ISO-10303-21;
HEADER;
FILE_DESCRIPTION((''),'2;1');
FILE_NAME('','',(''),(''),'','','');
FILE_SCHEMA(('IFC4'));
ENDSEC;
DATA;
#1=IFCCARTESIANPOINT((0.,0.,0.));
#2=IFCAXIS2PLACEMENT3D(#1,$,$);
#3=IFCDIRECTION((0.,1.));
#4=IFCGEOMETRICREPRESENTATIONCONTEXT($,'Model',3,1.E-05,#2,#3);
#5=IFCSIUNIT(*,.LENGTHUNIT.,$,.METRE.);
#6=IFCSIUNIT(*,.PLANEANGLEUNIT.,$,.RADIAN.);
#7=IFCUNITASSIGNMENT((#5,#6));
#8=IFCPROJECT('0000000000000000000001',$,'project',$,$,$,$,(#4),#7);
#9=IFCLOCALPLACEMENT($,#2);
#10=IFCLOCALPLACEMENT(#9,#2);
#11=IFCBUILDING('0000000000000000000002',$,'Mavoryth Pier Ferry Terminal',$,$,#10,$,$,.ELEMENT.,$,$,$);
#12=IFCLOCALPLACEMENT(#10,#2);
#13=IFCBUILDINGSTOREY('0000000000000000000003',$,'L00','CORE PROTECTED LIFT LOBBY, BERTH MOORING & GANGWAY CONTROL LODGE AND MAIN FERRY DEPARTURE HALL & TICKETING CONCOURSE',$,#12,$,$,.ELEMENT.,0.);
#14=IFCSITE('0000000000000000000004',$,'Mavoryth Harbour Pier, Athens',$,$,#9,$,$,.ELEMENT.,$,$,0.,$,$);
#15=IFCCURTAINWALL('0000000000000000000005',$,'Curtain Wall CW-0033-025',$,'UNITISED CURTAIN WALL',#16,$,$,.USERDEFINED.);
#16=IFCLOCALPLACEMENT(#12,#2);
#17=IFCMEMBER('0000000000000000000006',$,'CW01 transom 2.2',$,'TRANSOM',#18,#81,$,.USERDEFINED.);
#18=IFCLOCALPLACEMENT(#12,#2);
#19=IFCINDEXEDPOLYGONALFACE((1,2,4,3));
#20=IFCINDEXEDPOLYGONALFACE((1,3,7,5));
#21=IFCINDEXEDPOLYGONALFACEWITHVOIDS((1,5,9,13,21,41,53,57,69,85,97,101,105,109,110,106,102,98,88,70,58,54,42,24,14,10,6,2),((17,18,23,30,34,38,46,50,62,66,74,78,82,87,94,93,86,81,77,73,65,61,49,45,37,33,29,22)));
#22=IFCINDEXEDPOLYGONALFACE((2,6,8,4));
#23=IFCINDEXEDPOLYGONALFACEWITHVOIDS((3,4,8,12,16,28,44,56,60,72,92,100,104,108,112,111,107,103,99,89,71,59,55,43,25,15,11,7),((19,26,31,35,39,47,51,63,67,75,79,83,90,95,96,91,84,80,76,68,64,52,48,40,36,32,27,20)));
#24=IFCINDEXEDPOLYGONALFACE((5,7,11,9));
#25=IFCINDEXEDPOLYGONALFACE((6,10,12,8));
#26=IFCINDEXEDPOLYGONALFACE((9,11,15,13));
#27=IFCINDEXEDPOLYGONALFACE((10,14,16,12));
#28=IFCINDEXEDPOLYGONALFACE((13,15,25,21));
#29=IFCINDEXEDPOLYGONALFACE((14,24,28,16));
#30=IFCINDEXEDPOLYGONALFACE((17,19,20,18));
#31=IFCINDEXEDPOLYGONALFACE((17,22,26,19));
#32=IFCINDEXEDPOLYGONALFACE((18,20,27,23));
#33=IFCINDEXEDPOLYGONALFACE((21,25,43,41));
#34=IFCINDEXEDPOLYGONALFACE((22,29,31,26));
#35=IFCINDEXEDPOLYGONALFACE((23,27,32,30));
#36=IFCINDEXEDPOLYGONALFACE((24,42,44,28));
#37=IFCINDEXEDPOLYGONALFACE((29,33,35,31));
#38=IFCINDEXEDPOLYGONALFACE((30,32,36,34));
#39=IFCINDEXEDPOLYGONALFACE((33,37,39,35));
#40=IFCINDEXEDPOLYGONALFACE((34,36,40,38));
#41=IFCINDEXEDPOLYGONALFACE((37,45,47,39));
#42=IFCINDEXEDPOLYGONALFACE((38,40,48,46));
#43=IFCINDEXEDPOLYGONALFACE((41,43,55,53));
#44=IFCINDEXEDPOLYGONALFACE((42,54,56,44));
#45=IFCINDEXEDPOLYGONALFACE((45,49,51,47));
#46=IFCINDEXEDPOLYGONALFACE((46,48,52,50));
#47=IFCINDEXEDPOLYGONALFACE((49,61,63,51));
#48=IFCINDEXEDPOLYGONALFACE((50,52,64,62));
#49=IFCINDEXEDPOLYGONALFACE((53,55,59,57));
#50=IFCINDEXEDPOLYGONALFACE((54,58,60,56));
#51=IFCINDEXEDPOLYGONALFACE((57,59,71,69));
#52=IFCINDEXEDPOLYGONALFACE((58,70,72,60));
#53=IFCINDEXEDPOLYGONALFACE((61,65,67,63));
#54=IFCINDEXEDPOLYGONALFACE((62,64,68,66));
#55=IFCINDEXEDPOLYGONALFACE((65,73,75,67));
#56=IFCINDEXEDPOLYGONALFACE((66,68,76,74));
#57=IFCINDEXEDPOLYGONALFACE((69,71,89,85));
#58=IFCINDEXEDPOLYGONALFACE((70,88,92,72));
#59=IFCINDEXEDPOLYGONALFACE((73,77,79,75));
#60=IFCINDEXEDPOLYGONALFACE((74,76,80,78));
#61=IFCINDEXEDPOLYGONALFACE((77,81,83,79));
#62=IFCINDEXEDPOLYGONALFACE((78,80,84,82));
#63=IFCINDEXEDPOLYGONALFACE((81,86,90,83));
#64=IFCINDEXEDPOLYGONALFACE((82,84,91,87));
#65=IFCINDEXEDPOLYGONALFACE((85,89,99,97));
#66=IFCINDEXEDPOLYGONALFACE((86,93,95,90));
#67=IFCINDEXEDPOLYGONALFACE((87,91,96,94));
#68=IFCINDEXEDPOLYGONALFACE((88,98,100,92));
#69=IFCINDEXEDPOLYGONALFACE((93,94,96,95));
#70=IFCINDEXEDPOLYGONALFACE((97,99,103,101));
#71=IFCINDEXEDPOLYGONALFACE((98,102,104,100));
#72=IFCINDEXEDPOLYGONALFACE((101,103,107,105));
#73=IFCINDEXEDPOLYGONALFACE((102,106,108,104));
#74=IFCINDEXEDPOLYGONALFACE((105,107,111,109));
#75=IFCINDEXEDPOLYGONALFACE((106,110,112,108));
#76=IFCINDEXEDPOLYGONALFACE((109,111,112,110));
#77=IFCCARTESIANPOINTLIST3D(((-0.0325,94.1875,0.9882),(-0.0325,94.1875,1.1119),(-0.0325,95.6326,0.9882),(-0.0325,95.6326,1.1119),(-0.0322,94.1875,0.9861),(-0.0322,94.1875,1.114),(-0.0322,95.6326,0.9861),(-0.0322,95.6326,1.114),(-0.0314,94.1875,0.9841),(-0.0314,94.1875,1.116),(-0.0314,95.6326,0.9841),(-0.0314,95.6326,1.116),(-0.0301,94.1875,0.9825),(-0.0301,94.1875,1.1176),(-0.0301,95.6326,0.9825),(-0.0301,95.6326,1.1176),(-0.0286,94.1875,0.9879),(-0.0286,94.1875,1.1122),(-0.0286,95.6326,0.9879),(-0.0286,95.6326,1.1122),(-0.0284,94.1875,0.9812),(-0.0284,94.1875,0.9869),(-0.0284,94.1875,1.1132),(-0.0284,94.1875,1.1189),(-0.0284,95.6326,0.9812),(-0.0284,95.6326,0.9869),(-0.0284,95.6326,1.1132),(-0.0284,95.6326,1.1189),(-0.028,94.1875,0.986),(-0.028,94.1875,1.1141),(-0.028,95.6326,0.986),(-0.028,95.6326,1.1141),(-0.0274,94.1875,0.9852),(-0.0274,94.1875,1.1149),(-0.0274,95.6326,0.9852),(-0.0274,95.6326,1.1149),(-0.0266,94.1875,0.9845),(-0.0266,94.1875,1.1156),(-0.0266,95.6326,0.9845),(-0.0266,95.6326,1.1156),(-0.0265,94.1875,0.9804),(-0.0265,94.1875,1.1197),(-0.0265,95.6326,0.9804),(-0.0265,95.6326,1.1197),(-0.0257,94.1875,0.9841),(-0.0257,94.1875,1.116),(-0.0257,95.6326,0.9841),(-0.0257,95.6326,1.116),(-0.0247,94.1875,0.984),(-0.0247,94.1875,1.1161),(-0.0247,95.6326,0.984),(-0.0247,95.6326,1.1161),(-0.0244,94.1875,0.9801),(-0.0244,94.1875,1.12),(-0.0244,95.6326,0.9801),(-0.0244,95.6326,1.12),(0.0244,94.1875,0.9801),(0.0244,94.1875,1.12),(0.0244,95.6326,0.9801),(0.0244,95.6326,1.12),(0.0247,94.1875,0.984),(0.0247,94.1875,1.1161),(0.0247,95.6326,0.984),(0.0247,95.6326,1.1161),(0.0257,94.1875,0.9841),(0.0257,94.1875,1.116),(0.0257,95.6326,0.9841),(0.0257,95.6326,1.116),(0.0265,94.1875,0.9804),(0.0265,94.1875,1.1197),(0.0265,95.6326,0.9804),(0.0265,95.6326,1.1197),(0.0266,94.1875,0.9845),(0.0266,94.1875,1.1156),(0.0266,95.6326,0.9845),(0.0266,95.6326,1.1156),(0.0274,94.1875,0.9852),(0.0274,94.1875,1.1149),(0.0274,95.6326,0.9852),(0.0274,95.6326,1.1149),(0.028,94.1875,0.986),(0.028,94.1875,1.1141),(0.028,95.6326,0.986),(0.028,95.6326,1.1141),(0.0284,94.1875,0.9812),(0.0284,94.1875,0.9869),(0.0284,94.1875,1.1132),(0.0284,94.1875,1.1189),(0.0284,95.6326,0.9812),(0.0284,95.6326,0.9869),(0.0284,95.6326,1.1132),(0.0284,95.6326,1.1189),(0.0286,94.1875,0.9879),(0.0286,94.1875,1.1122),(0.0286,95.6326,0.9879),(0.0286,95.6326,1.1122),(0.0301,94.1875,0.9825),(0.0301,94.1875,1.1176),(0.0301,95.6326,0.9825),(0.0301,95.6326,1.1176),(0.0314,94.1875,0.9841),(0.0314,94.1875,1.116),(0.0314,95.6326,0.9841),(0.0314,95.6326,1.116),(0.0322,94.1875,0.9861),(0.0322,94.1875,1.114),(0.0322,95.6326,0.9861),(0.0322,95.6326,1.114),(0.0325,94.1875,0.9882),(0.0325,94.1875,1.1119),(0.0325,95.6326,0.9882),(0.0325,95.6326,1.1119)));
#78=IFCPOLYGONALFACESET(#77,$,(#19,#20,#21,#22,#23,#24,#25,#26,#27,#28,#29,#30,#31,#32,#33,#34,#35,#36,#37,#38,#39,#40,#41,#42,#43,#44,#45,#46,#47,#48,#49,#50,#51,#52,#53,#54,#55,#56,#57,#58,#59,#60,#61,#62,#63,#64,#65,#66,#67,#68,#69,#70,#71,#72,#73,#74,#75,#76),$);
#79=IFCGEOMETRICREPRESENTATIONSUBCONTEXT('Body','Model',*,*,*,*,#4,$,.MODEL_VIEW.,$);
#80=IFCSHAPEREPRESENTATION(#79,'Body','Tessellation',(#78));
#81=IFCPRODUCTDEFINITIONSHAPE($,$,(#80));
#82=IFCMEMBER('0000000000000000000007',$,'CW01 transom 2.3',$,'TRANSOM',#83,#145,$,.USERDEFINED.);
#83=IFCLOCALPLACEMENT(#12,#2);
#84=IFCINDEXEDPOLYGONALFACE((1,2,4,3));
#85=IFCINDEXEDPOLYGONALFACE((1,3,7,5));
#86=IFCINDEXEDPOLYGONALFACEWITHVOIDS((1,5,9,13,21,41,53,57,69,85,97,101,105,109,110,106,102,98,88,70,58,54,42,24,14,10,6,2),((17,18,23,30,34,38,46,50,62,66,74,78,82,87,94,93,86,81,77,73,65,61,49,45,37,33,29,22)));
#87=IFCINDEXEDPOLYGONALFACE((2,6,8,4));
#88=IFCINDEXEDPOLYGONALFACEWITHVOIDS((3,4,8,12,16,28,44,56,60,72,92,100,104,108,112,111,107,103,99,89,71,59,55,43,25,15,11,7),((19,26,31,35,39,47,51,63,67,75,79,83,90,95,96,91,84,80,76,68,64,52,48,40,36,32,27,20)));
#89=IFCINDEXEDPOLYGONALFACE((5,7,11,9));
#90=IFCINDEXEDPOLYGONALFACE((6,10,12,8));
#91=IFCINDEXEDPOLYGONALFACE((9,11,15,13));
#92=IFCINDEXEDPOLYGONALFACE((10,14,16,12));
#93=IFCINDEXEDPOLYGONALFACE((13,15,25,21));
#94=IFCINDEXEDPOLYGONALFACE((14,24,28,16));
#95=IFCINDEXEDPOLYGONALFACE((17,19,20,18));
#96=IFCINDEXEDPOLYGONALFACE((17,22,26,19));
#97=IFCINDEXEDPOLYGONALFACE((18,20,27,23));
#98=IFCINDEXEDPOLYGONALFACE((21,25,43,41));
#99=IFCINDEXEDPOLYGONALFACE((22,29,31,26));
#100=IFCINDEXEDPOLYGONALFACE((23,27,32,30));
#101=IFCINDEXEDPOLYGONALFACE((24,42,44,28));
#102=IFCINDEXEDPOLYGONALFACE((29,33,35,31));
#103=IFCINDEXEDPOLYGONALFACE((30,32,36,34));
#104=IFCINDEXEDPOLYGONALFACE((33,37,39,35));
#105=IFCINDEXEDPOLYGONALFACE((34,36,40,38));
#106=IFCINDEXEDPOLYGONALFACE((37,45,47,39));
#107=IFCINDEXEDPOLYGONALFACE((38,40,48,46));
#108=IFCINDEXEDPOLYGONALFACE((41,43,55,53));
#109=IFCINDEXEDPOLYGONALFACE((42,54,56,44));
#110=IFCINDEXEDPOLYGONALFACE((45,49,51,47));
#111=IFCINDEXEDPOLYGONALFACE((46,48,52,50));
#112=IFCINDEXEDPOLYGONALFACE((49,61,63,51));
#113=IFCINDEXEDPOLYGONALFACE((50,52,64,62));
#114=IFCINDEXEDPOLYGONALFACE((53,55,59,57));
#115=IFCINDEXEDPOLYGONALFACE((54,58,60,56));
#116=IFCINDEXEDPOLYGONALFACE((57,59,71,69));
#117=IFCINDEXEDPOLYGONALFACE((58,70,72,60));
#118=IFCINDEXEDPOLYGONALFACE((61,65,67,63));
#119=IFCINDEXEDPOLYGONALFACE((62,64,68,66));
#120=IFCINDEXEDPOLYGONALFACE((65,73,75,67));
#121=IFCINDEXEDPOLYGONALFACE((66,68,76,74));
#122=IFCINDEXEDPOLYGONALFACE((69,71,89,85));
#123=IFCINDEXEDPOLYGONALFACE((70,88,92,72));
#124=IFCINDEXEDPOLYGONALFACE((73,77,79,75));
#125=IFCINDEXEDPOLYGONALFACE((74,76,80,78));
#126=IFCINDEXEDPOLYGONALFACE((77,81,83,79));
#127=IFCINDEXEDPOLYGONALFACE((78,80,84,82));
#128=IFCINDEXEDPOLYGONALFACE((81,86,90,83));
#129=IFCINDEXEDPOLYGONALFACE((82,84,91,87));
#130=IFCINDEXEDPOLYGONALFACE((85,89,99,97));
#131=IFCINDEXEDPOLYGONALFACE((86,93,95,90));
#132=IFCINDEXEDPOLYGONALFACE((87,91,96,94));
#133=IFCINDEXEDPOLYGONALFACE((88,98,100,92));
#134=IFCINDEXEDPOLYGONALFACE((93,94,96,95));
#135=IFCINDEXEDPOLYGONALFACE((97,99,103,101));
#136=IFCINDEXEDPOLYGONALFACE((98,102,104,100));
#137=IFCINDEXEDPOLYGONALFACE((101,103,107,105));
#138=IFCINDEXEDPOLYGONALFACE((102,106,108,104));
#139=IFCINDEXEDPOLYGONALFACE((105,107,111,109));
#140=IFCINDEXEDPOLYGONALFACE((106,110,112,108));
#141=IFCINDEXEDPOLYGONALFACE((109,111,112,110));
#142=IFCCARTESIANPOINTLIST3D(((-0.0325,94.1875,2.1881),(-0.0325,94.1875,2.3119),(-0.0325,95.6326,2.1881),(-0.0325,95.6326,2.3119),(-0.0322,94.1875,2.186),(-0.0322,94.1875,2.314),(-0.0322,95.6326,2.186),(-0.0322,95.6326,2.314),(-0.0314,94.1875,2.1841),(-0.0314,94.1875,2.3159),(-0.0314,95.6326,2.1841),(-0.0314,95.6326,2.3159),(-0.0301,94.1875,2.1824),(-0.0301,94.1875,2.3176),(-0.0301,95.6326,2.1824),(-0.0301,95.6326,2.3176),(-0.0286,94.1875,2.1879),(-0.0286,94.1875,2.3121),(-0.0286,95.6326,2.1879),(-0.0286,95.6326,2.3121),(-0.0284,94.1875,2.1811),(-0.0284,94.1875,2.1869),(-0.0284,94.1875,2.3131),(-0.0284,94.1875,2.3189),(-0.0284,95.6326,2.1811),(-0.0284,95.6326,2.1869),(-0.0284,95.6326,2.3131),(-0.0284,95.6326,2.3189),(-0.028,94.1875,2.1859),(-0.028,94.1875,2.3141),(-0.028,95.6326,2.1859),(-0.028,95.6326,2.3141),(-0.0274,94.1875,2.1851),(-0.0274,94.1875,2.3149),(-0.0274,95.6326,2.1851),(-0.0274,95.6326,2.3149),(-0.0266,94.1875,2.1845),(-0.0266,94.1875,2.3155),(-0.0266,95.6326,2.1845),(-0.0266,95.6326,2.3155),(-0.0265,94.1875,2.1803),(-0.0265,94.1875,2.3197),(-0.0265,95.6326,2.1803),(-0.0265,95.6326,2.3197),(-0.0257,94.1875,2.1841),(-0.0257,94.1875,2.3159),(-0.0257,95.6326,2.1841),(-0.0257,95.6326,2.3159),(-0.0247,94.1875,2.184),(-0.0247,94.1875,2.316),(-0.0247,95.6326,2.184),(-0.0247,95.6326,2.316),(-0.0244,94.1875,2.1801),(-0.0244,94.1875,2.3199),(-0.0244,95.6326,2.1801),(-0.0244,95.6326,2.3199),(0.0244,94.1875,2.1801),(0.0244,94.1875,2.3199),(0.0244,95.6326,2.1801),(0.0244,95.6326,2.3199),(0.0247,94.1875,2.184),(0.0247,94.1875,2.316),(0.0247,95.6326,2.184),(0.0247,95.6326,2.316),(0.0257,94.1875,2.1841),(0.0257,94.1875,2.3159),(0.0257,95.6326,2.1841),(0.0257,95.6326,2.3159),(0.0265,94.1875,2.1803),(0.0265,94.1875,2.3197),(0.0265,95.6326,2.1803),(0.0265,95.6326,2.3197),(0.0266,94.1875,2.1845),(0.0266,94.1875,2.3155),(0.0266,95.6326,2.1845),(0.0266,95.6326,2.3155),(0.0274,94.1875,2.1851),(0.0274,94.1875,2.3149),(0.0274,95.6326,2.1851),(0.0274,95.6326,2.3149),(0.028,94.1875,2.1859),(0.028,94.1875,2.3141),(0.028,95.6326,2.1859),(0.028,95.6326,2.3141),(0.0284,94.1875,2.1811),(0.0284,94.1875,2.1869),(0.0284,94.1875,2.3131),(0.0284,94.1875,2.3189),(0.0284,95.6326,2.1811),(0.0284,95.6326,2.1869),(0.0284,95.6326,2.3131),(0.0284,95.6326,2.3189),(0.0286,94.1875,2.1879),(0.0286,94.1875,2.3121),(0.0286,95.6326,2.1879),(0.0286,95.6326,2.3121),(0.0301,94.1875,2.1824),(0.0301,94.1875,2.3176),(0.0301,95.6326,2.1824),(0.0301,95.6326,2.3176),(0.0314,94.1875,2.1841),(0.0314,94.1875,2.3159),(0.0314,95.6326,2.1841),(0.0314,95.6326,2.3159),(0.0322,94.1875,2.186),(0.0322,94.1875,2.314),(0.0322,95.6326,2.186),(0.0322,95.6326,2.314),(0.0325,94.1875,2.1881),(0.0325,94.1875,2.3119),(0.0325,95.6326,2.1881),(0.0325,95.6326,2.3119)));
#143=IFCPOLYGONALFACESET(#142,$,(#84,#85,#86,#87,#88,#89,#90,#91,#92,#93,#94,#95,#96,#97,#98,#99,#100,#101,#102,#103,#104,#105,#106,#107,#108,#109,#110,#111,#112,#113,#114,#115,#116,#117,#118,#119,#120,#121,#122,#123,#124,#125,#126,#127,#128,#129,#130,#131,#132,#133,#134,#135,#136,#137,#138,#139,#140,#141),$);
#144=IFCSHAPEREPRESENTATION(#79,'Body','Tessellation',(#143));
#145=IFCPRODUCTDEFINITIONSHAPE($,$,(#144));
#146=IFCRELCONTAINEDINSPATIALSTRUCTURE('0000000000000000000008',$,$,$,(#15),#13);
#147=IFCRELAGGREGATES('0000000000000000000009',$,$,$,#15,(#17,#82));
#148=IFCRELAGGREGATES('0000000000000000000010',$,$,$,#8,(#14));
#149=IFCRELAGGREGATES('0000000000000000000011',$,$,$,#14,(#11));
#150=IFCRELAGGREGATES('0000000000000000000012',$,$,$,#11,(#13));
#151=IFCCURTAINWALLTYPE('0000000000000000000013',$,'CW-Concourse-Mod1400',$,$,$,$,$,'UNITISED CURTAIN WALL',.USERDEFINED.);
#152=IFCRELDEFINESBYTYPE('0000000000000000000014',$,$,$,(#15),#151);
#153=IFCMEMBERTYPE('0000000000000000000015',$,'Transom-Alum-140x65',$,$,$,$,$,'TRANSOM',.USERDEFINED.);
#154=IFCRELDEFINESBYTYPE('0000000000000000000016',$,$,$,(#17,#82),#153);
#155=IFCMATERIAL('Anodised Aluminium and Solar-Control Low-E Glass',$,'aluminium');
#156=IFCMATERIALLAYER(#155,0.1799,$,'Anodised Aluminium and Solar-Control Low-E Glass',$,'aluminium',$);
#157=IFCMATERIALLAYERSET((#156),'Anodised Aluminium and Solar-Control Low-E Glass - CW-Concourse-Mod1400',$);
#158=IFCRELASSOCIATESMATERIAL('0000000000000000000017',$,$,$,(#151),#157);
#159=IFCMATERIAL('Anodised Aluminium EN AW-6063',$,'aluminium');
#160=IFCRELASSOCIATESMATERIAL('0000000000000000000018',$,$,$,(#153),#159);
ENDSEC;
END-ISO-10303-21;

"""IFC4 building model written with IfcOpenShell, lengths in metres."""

from ifc_helpers import new_model, si_unit, direction, frame, origin, origin_2d, place, context, subcontext, project, spatial, hollow_rectangle, extrude, material, layer, layer_set, material_profile, profile_set, type_object, element, aggregate, save


model = new_model("IFC4")

# Units and contexts
model_context = context("Model", 3, precision=1e-05, world=origin(), true_north=direction((0.0, 1.0)))
body_context = subcontext(model_context, "Body", "Model", "MODEL_VIEW")
ifc_project = project(units=[si_unit("LENGTHUNIT", "METRE"), si_unit("PLANEANGLEUNIT", "RADIAN")], contexts=[model_context])

# Site, building, storey
site_placement = place(None, origin())
site = spatial("IfcSite", under=ifc_project, at=site_placement, Name="Mavoryth Harbour Pier, Athens", CompositionType="ELEMENT", RefElevation=0.0)
building_placement = place(site_placement, origin())
building = spatial("IfcBuilding", under=site, at=building_placement, Name="Mavoryth Pier Ferry Terminal", CompositionType="ELEMENT")
storey_placement = place(building_placement, origin())
storey = spatial("IfcBuildingStorey", under=building, at=storey_placement, Name="L00", Description="CORE PROTECTED LIFT LOBBY, BERTH MOORING & GANGWAY CONTROL LODGE AND MAIN FERRY DEPARTURE HALL & TICKETING CONCOURSE", CompositionType="ELEMENT", Elevation=0.0)

# Curtain wall, members
ifc_material_1 = material(Name="Anodised Aluminium and Solar-Control Low-E Glass", Category="aluminium")
ifc_layer_1 = layer(ifc_material_1, 0.1799, Name="Anodised Aluminium and Solar-Control Low-E Glass", Category="aluminium")
ifc_layer_set_1 = layer_set([ifc_layer_1], Name="Anodised Aluminium and Solar-Control Low-E Glass - CW-Concourse-Mod1400")
curtain_wall_type = type_object("IfcCurtainWallType", Name="CW-Concourse-Mod1400", ElementType="UNITISED CURTAIN WALL", PredefinedType="USERDEFINED", material=ifc_layer_set_1)
curtain_wall_placement = place(storey_placement, origin())
curtain_wall = element("IfcCurtainWall", 1, at=curtain_wall_placement, inside=storey, type_object=curtain_wall_type, Name="Curtain Wall CW-0033-025", ObjectType="UNITISED CURTAIN WALL", PredefinedType="USERDEFINED")
ifc_material_2 = material(Name="Anodised Aluminium EN AW-6063", Category="aluminium")
ifc_material_profile_1 = material_profile(ifc_material_2, hollow_rectangle(XDim=0.0649, YDim=0.1399, WallThickness=0.0039, InnerFilletRadius=0.0039, OuterFilletRadius=0.0081, at=origin_2d()), Name="AL-TRAN 140x65x4", Category="aluminium")
ifc_profile_set_1 = profile_set([ifc_material_profile_1], Name="Anodised Aluminium EN AW-6063 - AL-TRAN 140x65x4")
member_type_1 = type_object("IfcMemberType", Name="Transom-Alum-140x65", ElementType="TRANSOM", PredefinedType="USERDEFINED", material=ifc_profile_set_1)
member_1_placement = place(storey_placement, frame((0.0, 95.6326, 1.05), z_axis=(0.0, -1.0, 0.0), x_axis=(1.0, 0.0, 0.0)))
member_1 = element("IfcMember", 2, at=member_1_placement, type_object=member_type_1, Name="CW01 transom 2.2", ObjectType="TRANSOM", PredefinedType="USERDEFINED", context=body_context, shape_type="SweptSolid", body=[
    extrude(hollow_rectangle(XDim=0.0649, YDim=0.1399, WallThickness=0.0039, InnerFilletRadius=0.0039, OuterFilletRadius=0.0081, at=origin_2d()), origin(), (0.0, 0.0, 1.0), 1.4451),
])
member_2_placement = place(storey_placement, frame((0.0, 95.6326, 2.25), z_axis=(0.0, -1.0, 0.0), x_axis=(1.0, 0.0, 0.0)))
member_2 = element("IfcMember", 3, at=member_2_placement, type_object=member_type_1, Name="CW01 transom 2.3", ObjectType="TRANSOM", PredefinedType="USERDEFINED", context=body_context, shape_type="SweptSolid", body=[
    extrude(hollow_rectangle(XDim=0.0649, YDim=0.1399, WallThickness=0.0039, InnerFilletRadius=0.0039, OuterFilletRadius=0.0081, at=origin_2d()), origin(), (0.0, 0.0, 1.0), 1.4451),
])
aggregate(curtain_wall, [member_1, member_2])

save(model, "model.ifc")
